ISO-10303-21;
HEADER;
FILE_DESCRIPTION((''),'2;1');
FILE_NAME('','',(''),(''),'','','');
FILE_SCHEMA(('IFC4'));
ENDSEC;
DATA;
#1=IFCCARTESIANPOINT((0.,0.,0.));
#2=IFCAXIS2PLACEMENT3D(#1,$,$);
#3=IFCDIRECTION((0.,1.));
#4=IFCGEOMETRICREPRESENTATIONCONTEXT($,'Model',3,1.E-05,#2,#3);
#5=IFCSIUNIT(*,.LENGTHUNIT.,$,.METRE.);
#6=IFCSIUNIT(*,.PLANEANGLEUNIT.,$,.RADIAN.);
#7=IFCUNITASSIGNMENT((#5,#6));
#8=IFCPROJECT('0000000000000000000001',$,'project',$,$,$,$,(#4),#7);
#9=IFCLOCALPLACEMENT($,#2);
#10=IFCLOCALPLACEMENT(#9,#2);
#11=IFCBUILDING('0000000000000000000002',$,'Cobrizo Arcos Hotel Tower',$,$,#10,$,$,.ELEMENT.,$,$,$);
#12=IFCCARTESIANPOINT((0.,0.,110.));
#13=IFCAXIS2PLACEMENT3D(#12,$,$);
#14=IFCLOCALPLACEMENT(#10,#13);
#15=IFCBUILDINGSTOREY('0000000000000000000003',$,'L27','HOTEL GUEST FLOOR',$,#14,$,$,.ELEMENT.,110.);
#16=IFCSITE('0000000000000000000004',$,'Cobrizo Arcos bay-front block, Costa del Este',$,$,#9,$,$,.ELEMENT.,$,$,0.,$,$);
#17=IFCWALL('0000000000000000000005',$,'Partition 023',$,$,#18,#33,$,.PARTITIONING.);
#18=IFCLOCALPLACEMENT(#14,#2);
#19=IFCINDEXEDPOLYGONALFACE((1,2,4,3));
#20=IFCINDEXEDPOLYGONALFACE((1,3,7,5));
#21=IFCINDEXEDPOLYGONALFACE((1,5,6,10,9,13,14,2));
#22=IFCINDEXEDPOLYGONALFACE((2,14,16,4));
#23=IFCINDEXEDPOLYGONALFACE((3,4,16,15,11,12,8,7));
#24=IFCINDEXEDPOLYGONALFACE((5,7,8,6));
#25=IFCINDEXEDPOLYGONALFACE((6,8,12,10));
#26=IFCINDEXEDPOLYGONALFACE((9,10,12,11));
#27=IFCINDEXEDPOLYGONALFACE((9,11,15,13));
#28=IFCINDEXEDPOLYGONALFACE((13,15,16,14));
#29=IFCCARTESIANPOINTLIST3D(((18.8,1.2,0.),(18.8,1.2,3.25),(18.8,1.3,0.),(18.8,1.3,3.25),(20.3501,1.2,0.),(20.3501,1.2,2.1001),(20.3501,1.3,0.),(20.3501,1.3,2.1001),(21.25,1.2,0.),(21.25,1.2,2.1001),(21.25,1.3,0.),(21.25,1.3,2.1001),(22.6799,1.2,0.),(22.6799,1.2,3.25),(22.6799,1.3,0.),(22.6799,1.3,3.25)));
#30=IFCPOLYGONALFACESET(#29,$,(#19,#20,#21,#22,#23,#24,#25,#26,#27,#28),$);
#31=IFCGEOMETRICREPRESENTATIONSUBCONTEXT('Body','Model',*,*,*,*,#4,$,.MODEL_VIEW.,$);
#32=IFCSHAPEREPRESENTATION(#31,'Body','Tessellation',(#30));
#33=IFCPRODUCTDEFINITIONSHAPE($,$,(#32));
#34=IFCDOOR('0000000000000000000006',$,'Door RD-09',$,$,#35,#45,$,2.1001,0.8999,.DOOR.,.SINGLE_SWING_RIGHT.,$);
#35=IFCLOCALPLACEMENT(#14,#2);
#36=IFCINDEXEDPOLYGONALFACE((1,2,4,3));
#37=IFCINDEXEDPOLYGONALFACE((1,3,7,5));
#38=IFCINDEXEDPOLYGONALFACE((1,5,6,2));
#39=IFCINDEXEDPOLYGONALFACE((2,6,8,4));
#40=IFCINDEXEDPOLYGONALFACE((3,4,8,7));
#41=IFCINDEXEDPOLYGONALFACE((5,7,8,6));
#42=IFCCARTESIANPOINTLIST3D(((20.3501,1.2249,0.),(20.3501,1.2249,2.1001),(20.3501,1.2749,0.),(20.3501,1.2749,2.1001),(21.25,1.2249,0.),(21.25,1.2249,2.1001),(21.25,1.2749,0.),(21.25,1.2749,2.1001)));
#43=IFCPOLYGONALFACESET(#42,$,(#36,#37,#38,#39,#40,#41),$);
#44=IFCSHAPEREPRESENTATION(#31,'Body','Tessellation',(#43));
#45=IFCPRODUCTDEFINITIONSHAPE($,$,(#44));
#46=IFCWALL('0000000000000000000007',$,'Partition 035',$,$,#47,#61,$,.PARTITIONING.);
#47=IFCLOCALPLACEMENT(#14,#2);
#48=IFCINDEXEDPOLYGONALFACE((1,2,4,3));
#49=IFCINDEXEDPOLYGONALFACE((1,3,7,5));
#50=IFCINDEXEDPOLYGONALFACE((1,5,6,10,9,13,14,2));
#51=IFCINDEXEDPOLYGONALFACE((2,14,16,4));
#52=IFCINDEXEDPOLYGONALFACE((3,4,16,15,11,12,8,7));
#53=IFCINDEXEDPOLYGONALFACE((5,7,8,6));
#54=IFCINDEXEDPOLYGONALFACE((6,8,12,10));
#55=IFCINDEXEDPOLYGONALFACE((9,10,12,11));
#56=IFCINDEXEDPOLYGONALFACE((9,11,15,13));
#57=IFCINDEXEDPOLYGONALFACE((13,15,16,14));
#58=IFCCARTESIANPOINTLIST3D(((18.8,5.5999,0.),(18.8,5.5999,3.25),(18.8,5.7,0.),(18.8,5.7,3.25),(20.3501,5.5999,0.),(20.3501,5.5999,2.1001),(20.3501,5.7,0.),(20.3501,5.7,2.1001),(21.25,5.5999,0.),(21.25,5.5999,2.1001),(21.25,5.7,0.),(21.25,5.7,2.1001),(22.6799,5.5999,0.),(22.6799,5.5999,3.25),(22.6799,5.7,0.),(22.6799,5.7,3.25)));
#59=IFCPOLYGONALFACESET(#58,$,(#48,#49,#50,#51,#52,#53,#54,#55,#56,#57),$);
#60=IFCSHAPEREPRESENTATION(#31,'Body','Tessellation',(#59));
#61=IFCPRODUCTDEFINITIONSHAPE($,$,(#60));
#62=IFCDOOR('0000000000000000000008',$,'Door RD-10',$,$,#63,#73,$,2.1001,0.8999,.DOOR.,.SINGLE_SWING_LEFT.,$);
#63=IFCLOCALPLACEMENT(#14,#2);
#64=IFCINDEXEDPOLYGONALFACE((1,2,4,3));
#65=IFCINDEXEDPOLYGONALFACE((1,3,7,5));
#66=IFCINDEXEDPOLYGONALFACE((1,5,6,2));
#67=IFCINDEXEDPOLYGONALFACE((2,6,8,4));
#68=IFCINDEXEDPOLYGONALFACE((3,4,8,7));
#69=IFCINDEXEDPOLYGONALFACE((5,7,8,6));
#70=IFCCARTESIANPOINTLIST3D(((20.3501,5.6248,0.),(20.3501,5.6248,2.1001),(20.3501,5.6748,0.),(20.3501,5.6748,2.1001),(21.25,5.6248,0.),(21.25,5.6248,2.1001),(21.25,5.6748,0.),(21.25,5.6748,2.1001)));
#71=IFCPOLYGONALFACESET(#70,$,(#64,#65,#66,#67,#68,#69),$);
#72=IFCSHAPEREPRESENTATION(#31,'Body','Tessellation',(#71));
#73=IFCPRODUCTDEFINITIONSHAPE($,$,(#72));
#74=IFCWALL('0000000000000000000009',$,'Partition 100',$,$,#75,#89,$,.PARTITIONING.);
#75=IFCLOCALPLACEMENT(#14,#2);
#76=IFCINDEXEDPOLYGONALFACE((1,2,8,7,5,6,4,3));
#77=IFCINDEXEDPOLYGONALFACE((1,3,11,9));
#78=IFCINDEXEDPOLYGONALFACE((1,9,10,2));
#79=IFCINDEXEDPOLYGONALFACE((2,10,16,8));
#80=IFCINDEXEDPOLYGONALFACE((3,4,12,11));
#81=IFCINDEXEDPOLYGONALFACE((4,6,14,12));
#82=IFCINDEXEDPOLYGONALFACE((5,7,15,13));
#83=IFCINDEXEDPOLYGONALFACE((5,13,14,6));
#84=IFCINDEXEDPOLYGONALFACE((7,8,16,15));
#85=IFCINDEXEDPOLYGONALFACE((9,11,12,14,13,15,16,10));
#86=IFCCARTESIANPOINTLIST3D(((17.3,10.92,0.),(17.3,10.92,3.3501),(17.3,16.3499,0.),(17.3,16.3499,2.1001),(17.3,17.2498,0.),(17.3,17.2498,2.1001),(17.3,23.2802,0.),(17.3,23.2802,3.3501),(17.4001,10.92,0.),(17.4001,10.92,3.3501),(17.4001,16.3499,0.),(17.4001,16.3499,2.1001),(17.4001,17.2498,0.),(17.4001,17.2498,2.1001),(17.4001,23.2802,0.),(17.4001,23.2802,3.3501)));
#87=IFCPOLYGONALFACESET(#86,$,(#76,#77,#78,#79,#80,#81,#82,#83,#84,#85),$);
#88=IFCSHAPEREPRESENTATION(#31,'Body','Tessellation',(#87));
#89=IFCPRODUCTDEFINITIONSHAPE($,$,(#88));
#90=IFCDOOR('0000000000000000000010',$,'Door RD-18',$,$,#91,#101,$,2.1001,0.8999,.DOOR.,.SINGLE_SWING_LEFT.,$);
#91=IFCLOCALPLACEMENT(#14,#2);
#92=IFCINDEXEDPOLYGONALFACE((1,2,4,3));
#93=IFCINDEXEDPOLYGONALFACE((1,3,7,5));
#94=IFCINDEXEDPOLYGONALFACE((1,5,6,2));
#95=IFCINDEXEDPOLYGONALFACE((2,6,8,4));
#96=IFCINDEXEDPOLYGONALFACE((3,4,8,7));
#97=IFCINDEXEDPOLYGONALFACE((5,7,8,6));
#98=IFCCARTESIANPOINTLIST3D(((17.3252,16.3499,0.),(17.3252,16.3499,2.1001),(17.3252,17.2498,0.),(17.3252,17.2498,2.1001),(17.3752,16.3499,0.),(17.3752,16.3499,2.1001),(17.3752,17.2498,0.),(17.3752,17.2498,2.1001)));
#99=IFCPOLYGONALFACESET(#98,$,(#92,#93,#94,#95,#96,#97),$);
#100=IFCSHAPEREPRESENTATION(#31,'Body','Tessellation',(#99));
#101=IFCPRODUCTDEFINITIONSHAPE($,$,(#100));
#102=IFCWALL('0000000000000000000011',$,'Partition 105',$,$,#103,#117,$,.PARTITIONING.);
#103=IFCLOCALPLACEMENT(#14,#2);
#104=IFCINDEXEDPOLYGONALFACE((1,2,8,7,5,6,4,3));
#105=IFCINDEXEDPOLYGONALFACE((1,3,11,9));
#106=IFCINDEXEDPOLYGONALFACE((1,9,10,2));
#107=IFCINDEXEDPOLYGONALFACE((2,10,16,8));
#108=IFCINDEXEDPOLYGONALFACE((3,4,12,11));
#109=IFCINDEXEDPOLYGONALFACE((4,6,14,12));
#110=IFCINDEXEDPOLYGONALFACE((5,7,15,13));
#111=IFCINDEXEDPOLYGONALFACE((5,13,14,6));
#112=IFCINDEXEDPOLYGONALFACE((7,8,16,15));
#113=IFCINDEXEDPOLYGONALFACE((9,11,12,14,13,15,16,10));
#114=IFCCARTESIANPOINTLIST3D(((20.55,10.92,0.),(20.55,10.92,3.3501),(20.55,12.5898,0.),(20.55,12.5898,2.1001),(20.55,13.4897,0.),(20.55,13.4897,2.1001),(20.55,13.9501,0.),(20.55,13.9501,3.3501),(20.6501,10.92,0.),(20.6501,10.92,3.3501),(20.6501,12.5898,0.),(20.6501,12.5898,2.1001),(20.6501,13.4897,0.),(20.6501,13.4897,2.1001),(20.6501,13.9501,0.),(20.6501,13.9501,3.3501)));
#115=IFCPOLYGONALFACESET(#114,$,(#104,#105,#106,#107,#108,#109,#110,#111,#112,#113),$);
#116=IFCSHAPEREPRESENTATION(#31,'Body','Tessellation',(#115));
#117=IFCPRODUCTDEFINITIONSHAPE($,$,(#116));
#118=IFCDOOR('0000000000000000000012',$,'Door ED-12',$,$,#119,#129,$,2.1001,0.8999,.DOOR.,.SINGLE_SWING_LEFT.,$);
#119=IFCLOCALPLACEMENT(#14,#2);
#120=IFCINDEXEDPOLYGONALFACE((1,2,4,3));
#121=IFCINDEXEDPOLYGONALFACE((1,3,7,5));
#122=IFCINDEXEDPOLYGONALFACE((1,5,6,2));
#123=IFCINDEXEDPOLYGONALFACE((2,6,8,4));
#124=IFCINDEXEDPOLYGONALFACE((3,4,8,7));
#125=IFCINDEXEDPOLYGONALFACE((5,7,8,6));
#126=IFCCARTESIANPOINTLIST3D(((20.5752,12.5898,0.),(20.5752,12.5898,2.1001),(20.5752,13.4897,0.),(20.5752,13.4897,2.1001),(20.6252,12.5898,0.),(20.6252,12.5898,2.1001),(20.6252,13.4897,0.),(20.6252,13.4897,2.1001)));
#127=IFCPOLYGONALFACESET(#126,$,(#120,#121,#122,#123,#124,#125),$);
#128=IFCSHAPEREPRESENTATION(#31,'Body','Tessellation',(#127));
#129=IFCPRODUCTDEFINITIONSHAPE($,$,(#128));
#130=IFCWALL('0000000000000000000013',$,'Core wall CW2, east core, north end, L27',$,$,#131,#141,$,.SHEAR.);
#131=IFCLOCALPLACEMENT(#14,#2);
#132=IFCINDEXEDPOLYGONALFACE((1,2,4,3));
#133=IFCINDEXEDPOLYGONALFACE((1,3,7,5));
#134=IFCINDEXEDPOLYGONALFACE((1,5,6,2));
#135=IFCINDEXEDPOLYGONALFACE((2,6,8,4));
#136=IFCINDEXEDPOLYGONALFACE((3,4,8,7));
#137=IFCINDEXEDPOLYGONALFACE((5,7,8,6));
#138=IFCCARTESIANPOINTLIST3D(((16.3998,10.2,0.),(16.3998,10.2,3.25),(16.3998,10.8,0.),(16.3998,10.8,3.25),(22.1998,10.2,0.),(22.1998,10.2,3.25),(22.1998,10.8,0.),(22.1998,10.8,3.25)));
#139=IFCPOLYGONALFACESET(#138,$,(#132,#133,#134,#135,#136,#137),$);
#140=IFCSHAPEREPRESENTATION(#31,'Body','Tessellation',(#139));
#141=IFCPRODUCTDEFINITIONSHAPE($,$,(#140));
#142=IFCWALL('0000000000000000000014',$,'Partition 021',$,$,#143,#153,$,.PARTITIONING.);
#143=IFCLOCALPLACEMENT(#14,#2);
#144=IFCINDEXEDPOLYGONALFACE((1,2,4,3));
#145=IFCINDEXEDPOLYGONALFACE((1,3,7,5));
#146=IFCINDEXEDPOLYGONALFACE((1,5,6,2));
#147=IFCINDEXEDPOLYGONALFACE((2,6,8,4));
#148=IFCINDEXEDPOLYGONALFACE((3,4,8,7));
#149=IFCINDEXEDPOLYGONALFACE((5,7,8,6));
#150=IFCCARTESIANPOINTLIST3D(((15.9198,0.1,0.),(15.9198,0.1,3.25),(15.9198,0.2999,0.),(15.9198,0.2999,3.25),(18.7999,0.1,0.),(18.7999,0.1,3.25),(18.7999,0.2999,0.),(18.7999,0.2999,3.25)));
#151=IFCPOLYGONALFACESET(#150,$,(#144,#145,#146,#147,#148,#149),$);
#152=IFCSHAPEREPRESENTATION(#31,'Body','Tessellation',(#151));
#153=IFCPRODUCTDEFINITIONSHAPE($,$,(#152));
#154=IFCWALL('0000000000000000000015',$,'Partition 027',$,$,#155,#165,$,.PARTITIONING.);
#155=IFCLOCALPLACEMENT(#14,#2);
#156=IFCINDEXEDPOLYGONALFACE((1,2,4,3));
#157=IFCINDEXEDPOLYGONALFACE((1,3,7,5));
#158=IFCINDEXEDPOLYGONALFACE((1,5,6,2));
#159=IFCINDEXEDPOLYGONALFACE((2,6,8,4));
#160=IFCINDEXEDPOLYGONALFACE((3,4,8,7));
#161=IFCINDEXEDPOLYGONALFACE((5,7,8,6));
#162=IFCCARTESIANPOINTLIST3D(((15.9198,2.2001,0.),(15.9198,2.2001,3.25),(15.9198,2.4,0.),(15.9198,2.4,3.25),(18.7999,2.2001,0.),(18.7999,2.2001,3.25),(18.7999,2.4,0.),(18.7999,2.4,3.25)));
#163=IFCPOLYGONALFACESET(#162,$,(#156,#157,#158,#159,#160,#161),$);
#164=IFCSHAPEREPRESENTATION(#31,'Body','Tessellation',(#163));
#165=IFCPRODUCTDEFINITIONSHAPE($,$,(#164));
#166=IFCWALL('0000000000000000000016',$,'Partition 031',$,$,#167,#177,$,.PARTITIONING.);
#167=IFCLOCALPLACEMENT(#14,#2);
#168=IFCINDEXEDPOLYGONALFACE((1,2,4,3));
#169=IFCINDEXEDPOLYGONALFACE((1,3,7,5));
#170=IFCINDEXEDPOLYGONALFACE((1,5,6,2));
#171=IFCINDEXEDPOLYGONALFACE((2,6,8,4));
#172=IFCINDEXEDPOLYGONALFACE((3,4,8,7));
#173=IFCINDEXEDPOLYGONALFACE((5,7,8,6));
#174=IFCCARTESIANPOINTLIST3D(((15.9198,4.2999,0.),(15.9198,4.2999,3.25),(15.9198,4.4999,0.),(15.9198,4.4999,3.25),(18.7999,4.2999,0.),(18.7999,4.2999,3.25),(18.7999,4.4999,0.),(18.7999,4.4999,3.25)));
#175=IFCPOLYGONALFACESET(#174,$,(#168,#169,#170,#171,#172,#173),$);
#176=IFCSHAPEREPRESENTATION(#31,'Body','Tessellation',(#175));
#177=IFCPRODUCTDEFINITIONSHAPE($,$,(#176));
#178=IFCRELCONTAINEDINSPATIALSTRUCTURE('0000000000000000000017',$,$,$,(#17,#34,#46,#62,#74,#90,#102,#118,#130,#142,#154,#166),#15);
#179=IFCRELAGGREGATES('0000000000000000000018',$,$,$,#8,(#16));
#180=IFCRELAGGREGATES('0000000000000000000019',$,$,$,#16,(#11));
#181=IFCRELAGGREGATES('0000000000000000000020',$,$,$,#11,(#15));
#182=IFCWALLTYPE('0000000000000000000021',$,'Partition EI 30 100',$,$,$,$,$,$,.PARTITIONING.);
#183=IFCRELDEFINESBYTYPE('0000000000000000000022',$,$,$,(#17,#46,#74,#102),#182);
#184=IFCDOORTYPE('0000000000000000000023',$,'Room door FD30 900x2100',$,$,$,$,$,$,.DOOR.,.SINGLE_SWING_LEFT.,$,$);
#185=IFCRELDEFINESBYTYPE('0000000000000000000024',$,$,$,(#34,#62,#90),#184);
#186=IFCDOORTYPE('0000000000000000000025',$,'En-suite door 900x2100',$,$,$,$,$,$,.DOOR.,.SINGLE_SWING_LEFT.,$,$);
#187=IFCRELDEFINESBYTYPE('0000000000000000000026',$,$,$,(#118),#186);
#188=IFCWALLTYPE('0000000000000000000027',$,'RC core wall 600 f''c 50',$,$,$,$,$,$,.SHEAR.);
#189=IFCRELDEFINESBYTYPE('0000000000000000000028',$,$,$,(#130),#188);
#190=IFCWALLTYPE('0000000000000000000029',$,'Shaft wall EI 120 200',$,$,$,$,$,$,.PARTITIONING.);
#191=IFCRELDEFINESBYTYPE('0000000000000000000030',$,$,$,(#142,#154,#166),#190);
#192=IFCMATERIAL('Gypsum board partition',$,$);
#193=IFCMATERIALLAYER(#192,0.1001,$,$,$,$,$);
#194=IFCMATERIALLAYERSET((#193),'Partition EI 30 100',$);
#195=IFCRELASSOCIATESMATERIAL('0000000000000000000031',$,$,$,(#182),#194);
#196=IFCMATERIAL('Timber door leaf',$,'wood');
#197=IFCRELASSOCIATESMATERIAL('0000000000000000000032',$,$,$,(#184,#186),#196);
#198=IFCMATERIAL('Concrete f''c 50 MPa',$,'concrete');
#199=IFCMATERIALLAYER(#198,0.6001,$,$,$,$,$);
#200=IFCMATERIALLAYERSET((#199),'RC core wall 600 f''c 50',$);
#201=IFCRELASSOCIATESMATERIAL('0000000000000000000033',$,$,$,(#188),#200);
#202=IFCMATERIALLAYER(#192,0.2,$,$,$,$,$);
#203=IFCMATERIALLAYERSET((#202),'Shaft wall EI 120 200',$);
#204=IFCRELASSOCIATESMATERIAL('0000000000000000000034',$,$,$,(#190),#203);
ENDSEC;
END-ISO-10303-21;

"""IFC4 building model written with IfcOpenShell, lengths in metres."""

from ifc_helpers import new_model, si_unit, direction, frame, frame_2d, origin, place, context, subcontext, project, spatial, rectangle, extrude, material, layer, layer_set, type_object, element, fill, save


model = new_model("IFC4")

# Units and contexts
model_context = context("Model", 3, precision=1e-05, world=origin(), true_north=direction((0.0, 1.0)))
body_context = subcontext(model_context, "Body", "Model", "MODEL_VIEW")
ifc_project = project(units=[si_unit("LENGTHUNIT", "METRE"), si_unit("PLANEANGLEUNIT", "RADIAN")], contexts=[model_context])

# Site, building, storey
site_placement = place(None, origin())
site = spatial("IfcSite", under=ifc_project, at=site_placement, Name="Cobrizo Arcos bay-front block, Costa del Este", CompositionType="ELEMENT", RefElevation=0.0)
building_placement = place(site_placement, origin())
building = spatial("IfcBuilding", under=site, at=building_placement, Name="Cobrizo Arcos Hotel Tower", CompositionType="ELEMENT")
storey_placement = place(building_placement, frame((0.0, 0.0, 110.0)))
storey = spatial("IfcBuildingStorey", under=building, at=storey_placement, Name="L27", Description="HOTEL GUEST FLOOR", CompositionType="ELEMENT", Elevation=110.0)

# Shared definitions
ifc_material_1 = material(Name="Gypsum board partition")

# Walls, openings, doors
ifc_material_2 = material(Name="Timber door leaf", Category="wood")
ifc_layer_1 = layer(ifc_material_1, 0.1001)
ifc_layer_set_1 = layer_set([ifc_layer_1], Name="Partition EI 30 100")
wall_type_1 = type_object("IfcWallType", Name="Partition EI 30 100", PredefinedType="PARTITIONING", material=ifc_layer_set_1)
wall_1_placement = place(storey_placement, frame((18.8, 1.25, 0.0), z_axis=(0.0, 0.0, 1.0), x_axis=(1.0, 0.0, 0.0)))
wall_1 = element("IfcWall", 1, at=wall_1_placement, inside=storey, type_object=wall_type_1, Name="Partition 023", PredefinedType="PARTITIONING", context=body_context, shape_type="SweptSolid", body=[
    extrude(rectangle(XDim=3.8799, YDim=0.1001, at=frame_2d((1.9399, 0.0))), origin(), (0.0, 0.0, 1.0), 3.25),
])
opening_1_placement = place(wall_1_placement, frame((1.55, 0.0, 0.0)))
opening_1 = element("IfcOpeningElement", 2, at=opening_1_placement, cuts=wall_1, PredefinedType="OPENING", context=body_context, shape_type="SweptSolid", body=[
    extrude(rectangle(XDim=0.8999, YDim=2.1001, at=frame_2d((0.45, 1.05))), frame((0.0, 0.062, 0.0), z_axis=(0.0, -1.0, 0.0), x_axis=(1.0, 0.0, 0.0)), (0.0, 0.0, 1.0), 0.124),
])
door_type_1 = type_object("IfcDoorType", Name="Room door FD30 900x2100", OperationType="SINGLE_SWING_LEFT", PredefinedType="DOOR", material=ifc_material_2)
door_1_placement = place(opening_1_placement, origin())
door_1 = element("IfcDoor", 3, at=door_1_placement, inside=storey, type_object=door_type_1, Name="Door RD-09", OperationType="SINGLE_SWING_RIGHT", OverallHeight=2.1001, OverallWidth=0.8999, PredefinedType="DOOR", context=body_context, shape_type="SweptSolid", body=[
    extrude(rectangle(XDim=0.8999, YDim=2.1001, at=frame_2d((0.45, 1.05))), frame((0.0, 0.0249, 0.0), z_axis=(0.0, -1.0, 0.0), x_axis=(1.0, 0.0, 0.0)), (0.0, 0.0, 1.0), 0.05),
])
fill(opening_1, door_1)
wall_2_placement = place(storey_placement, frame((18.8, 5.6499, 0.0), z_axis=(0.0, 0.0, 1.0), x_axis=(1.0, 0.0, 0.0)))
wall_2 = element("IfcWall", 4, at=wall_2_placement, inside=storey, type_object=wall_type_1, Name="Partition 035", PredefinedType="PARTITIONING", context=body_context, shape_type="SweptSolid", body=[
    extrude(rectangle(XDim=3.8799, YDim=0.1001, at=frame_2d((1.9399, 0.0))), origin(), (0.0, 0.0, 1.0), 3.25),
])
opening_2_placement = place(wall_2_placement, frame((1.55, 0.0, 0.0)))
opening_2 = element("IfcOpeningElement", 5, at=opening_2_placement, cuts=wall_2, PredefinedType="OPENING", context=body_context, shape_type="SweptSolid", body=[
    extrude(rectangle(XDim=0.8999, YDim=2.1001, at=frame_2d((0.45, 1.05))), frame((0.0, 0.062, 0.0), z_axis=(0.0, -1.0, 0.0), x_axis=(1.0, 0.0, 0.0)), (0.0, 0.0, 1.0), 0.124),
])
door_2_placement = place(opening_2_placement, origin())
door_2 = element("IfcDoor", 6, at=door_2_placement, inside=storey, type_object=door_type_1, Name="Door RD-10", OperationType="SINGLE_SWING_LEFT", OverallHeight=2.1001, OverallWidth=0.8999, PredefinedType="DOOR", context=body_context, shape_type="SweptSolid", body=[
    extrude(rectangle(XDim=0.8999, YDim=2.1001, at=frame_2d((0.45, 1.05))), frame((0.0, 0.0249, 0.0), z_axis=(0.0, -1.0, 0.0), x_axis=(1.0, 0.0, 0.0)), (0.0, 0.0, 1.0), 0.05),
])
fill(opening_2, door_2)
wall_3_placement = place(storey_placement, frame((17.3501, 10.9199, 0.0), z_axis=(0.0, 0.0, 1.0), x_axis=(0.0, 1.0, 0.0)))
wall_3 = element("IfcWall", 7, at=wall_3_placement, inside=storey, type_object=wall_type_1, Name="Partition 100", PredefinedType="PARTITIONING", context=body_context, shape_type="SweptSolid", body=[
    extrude(rectangle(XDim=12.3601, YDim=0.1001, at=frame_2d((6.1802, 0.0))), origin(), (0.0, 0.0, 1.0), 3.3501),
])
opening_3_placement = place(wall_3_placement, frame((5.4299, 0.0, 0.0)))
opening_3 = element("IfcOpeningElement", 8, at=opening_3_placement, cuts=wall_3, PredefinedType="OPENING", context=body_context, shape_type="SweptSolid", body=[
    extrude(rectangle(XDim=0.8999, YDim=2.1001, at=frame_2d((0.45, 1.05))), frame((0.0, 0.062, 0.0), z_axis=(0.0, -1.0, 0.0), x_axis=(1.0, 0.0, 0.0)), (0.0, 0.0, 1.0), 0.124),
])
door_3_placement = place(opening_3_placement, origin())
door_3 = element("IfcDoor", 9, at=door_3_placement, inside=storey, type_object=door_type_1, Name="Door RD-18", OperationType="SINGLE_SWING_LEFT", OverallHeight=2.1001, OverallWidth=0.8999, PredefinedType="DOOR", context=body_context, shape_type="SweptSolid", body=[
    extrude(rectangle(XDim=0.8999, YDim=2.1001, at=frame_2d((0.45, 1.05))), frame((0.0, 0.0249, 0.0), z_axis=(0.0, -1.0, 0.0), x_axis=(1.0, 0.0, 0.0)), (0.0, 0.0, 1.0), 0.05),
])
fill(opening_3, door_3)
wall_4_placement = place(storey_placement, frame((20.6001, 10.9199, 0.0), z_axis=(0.0, 0.0, 1.0), x_axis=(0.0, 1.0, 0.0)))
wall_4 = element("IfcWall", 10, at=wall_4_placement, inside=storey, type_object=wall_type_1, Name="Partition 105", PredefinedType="PARTITIONING", context=body_context, shape_type="SweptSolid", body=[
    extrude(rectangle(XDim=3.03, YDim=0.1001, at=frame_2d((1.5151, 0.0))), origin(), (0.0, 0.0, 1.0), 3.3501),
])
opening_4_placement = place(wall_4_placement, frame((1.6699, 0.0, 0.0)))
opening_4 = element("IfcOpeningElement", 11, at=opening_4_placement, cuts=wall_4, PredefinedType="OPENING", context=body_context, shape_type="SweptSolid", body=[
    extrude(rectangle(XDim=0.8999, YDim=2.1001, at=frame_2d((0.45, 1.05))), frame((0.0, 0.062, 0.0), z_axis=(0.0, -1.0, 0.0), x_axis=(1.0, 0.0, 0.0)), (0.0, 0.0, 1.0), 0.124),
])
door_type_2 = type_object("IfcDoorType", Name="En-suite door 900x2100", OperationType="SINGLE_SWING_LEFT", PredefinedType="DOOR", material=ifc_material_2)
door_4_placement = place(opening_4_placement, origin())
door_4 = element("IfcDoor", 12, at=door_4_placement, inside=storey, type_object=door_type_2, Name="Door ED-12", OperationType="SINGLE_SWING_LEFT", OverallHeight=2.1001, OverallWidth=0.8999, PredefinedType="DOOR", context=body_context, shape_type="SweptSolid", body=[
    extrude(rectangle(XDim=0.8999, YDim=2.1001, at=frame_2d((0.45, 1.05))), frame((0.0, 0.0249, 0.0), z_axis=(0.0, -1.0, 0.0), x_axis=(1.0, 0.0, 0.0)), (0.0, 0.0, 1.0), 0.05),
])
fill(opening_4, door_4)

# Walls
ifc_material_3 = material(Name="Concrete f'c 50 MPa", Category="concrete")
ifc_layer_2 = layer(ifc_material_3, 0.6001)
ifc_layer_set_2 = layer_set([ifc_layer_2], Name="RC core wall 600 f'c 50")
wall_type_2 = type_object("IfcWallType", Name="RC core wall 600 f'c 50", PredefinedType="SHEAR", material=ifc_layer_set_2)
wall_5_placement = place(storey_placement, frame((16.3999, 10.5, 0.0), z_axis=(0.0, 0.0, 1.0), x_axis=(1.0, 0.0, 0.0)))
element("IfcWall", 13, at=wall_5_placement, inside=storey, type_object=wall_type_2, Name="Core wall CW2, east core, north end, L27", PredefinedType="SHEAR", context=body_context, shape_type="SweptSolid", body=[
    extrude(rectangle(XDim=5.8, YDim=0.6001, at=frame_2d((2.8999, 0.0))), origin(), (0.0, 0.0, 1.0), 3.25),
])
ifc_layer_3 = layer(ifc_material_1, 0.2)
ifc_layer_set_3 = layer_set([ifc_layer_3], Name="Shaft wall EI 120 200")
wall_type_3 = type_object("IfcWallType", Name="Shaft wall EI 120 200", PredefinedType="PARTITIONING", material=ifc_layer_set_3)
for number, where, z_axis, x_axis, name in (
    (14, (15.9199, 0.2, 0.0), (0.0, 0.0, 1.0), (1.0, 0.0, 0.0), "Partition 021"),
    (15, (15.9199, 2.3, 0.0), (0.0, 0.0, 1.0), (1.0, 0.0, 0.0), "Partition 027"),
    (16, (15.9199, 4.3999, 0.0), (0.0, 0.0, 1.0), (1.0, 0.0, 0.0), "Partition 031"),
):
    element("IfcWall", number, at=place(storey_placement, frame(where, z_axis=z_axis, x_axis=x_axis)), inside=storey, type_object=wall_type_3, Name=name, PredefinedType="PARTITIONING", context=body_context, shape_type="SweptSolid", body=[
        extrude(rectangle(XDim=2.8801, YDim=0.2, at=frame_2d((1.4399, 0.0))), origin(), (0.0, 0.0, 1.0), 3.25),
    ])

save(model, "model.ifc")
